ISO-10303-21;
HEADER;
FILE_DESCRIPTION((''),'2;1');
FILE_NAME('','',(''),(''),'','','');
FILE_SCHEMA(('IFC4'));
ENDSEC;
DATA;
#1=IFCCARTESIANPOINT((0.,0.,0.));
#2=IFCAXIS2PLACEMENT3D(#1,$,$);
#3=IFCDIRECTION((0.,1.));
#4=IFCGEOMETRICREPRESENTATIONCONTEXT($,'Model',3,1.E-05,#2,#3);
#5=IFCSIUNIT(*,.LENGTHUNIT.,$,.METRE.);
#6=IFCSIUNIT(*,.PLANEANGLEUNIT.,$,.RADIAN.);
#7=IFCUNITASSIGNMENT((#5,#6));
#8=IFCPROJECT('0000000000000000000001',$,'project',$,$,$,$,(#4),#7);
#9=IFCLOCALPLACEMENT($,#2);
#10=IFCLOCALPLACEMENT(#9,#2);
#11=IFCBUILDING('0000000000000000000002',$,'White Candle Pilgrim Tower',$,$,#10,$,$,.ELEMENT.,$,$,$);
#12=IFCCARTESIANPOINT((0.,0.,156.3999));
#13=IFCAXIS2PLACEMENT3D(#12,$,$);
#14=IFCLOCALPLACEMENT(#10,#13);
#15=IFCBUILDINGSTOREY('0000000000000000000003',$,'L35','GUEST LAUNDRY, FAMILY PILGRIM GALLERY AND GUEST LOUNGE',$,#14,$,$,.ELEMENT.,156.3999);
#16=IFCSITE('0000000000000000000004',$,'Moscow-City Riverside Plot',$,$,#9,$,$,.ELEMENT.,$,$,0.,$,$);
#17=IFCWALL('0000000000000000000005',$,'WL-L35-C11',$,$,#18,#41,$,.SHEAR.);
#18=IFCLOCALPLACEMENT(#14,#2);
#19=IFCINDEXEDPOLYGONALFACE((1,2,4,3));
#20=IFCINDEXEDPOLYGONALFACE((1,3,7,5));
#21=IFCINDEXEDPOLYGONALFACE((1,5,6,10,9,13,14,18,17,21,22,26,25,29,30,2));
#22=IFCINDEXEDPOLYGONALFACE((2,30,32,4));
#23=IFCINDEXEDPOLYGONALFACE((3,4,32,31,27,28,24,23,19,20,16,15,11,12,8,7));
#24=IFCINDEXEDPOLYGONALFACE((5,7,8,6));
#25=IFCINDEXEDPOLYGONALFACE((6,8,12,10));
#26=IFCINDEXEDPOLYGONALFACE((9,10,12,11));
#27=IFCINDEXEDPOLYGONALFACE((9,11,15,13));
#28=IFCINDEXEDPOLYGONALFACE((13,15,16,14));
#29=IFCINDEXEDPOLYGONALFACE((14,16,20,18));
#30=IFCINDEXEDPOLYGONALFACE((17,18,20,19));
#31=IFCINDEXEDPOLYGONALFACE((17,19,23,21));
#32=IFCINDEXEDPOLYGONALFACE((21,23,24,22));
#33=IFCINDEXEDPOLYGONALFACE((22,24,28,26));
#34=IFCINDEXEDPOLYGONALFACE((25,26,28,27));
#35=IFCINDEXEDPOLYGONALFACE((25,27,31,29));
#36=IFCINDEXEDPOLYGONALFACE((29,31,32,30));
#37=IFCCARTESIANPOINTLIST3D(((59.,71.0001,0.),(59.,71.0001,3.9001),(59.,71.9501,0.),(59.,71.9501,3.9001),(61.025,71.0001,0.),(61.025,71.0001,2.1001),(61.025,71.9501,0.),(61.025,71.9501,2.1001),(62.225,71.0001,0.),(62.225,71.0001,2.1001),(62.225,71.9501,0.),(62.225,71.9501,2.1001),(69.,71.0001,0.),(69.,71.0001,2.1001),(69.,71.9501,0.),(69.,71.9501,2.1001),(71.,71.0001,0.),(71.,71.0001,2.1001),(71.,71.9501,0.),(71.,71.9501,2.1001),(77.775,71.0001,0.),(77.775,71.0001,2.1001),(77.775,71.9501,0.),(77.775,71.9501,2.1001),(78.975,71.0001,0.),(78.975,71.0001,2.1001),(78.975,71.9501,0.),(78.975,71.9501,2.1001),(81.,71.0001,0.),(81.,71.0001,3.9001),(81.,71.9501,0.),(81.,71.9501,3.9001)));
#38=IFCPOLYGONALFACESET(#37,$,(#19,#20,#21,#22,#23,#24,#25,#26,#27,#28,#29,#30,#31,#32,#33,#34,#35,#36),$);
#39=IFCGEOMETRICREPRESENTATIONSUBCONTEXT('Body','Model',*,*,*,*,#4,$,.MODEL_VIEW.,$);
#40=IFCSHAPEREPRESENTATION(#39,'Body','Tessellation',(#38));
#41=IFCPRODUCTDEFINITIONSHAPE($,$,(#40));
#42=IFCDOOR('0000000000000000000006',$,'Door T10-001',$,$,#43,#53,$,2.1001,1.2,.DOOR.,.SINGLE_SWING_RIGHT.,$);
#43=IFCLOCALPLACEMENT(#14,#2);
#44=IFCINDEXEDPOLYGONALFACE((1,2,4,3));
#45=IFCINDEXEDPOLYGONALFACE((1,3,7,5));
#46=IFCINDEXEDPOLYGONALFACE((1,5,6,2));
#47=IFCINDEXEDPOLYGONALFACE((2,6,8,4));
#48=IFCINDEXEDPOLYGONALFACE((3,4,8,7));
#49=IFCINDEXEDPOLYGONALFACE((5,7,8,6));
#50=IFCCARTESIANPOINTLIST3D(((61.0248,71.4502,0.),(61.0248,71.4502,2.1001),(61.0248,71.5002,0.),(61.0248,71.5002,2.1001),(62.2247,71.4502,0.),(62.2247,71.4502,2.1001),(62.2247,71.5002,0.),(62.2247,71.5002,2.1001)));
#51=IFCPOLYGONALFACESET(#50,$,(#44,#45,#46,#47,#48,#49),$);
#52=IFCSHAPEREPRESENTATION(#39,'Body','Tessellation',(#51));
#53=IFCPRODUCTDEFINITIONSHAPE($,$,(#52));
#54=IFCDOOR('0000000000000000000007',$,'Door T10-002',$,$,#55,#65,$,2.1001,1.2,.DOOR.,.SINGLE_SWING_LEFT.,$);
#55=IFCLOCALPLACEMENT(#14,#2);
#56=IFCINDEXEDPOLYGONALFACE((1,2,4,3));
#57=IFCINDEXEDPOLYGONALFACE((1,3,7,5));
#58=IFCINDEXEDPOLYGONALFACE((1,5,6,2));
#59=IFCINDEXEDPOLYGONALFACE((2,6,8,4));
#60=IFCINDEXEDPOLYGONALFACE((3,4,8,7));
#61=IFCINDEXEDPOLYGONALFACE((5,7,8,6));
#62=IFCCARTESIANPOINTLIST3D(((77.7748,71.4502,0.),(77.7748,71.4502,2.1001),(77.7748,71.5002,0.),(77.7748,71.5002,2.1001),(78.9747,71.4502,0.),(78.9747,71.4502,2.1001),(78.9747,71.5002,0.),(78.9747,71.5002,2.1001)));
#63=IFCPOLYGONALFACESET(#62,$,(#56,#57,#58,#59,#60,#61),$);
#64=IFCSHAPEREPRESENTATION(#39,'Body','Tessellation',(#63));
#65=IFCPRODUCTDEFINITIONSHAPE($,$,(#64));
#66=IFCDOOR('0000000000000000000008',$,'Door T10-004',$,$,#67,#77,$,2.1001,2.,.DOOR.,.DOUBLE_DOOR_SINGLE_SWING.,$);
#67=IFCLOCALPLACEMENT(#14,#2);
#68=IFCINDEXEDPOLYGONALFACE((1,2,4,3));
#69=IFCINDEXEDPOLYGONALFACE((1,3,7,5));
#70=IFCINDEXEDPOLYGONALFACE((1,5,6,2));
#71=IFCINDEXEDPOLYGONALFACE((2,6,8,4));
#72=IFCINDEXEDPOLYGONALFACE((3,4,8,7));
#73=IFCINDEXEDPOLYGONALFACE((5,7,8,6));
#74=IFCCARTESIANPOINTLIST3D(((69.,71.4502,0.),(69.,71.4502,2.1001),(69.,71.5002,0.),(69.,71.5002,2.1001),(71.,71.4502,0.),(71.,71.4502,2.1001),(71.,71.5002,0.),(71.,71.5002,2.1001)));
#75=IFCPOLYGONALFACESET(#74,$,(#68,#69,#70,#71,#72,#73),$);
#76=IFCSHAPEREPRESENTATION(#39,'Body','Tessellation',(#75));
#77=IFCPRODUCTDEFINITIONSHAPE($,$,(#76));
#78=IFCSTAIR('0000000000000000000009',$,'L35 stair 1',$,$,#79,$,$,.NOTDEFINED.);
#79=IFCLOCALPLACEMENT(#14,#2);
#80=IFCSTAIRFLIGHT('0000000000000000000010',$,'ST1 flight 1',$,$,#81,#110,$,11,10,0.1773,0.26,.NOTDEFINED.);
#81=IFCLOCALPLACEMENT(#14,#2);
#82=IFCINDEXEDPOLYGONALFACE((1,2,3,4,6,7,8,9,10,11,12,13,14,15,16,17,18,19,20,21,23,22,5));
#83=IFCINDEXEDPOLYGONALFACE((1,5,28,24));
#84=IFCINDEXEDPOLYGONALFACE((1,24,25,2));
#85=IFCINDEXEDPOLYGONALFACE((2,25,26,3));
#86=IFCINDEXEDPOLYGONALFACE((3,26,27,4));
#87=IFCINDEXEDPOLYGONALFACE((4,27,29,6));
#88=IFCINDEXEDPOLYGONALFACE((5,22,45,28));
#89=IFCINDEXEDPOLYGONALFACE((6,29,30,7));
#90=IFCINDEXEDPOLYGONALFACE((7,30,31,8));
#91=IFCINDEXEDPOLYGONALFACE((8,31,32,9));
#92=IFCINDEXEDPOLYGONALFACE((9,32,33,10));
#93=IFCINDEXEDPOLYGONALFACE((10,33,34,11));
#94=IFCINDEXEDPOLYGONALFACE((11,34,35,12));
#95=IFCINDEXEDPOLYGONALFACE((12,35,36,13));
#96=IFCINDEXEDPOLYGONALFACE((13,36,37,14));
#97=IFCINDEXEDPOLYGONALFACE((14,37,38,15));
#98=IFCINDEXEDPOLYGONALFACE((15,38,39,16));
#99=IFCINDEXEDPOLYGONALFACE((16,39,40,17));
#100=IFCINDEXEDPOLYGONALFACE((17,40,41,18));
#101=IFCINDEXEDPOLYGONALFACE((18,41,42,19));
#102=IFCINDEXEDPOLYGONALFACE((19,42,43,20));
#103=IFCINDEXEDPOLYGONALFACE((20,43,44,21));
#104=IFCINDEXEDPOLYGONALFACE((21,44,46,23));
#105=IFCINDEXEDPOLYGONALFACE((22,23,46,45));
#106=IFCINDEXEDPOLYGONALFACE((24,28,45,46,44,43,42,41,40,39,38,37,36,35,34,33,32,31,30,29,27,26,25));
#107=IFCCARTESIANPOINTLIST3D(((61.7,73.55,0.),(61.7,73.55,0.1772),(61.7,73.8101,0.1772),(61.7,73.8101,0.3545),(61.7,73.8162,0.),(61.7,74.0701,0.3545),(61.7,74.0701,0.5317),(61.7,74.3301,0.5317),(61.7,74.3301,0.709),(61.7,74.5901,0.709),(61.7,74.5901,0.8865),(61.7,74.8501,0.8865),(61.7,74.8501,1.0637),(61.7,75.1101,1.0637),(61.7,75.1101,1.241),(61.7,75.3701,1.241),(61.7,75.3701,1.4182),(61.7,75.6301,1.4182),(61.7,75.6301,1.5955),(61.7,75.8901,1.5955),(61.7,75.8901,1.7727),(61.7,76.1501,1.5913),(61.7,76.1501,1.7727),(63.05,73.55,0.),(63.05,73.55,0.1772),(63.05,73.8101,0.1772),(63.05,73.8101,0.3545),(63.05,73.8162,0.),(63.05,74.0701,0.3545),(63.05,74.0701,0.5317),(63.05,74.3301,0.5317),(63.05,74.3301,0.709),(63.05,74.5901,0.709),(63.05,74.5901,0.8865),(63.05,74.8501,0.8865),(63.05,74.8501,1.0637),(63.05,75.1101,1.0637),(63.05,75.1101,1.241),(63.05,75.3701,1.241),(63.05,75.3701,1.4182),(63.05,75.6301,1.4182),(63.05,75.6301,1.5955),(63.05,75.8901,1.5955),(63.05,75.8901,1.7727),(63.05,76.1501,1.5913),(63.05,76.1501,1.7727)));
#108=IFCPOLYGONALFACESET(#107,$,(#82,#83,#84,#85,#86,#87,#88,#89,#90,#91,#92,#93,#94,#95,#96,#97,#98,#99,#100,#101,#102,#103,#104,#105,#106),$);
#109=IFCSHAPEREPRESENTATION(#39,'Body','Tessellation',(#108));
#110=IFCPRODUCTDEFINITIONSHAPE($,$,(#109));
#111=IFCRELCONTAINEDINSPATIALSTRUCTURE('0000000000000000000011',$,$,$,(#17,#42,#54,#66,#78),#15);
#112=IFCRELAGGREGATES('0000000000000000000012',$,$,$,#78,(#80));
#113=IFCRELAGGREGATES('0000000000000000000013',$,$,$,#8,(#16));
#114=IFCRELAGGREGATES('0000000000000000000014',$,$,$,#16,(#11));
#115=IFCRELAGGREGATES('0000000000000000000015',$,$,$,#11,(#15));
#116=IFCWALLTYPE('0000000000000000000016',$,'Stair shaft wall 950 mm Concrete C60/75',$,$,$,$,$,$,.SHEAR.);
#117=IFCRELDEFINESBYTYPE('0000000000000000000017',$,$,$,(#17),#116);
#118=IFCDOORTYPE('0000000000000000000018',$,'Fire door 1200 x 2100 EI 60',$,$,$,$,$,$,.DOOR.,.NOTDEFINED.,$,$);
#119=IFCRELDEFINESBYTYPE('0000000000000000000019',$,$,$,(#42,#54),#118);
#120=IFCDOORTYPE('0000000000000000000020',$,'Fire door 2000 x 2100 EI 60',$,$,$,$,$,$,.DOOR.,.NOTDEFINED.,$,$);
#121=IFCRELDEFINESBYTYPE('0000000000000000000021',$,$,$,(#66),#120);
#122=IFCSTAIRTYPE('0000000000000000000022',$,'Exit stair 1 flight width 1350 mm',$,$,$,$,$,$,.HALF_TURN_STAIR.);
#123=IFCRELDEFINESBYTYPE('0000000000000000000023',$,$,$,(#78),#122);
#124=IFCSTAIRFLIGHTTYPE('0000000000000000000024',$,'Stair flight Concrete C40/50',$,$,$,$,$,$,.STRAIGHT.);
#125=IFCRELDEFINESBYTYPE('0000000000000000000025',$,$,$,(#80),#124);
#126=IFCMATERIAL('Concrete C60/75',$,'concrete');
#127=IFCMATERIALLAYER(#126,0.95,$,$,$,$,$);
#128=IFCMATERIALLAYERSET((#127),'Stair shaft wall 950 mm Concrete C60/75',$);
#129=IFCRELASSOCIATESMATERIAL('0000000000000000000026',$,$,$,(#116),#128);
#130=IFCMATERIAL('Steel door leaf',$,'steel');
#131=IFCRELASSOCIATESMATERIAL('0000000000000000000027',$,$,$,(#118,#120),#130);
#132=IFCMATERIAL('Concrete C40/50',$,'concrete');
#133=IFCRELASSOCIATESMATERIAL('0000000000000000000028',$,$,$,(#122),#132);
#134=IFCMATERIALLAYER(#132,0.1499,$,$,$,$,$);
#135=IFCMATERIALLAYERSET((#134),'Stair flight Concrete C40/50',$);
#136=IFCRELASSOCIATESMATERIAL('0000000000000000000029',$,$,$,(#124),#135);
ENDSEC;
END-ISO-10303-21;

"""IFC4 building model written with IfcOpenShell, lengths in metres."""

from ifc_helpers import new_model, si_unit, direction, frame, frame_2d, origin, place, context, subcontext, project, spatial, polyline, rectangle, outline, extrude, material, layer, layer_set, type_object, element, fill, aggregate, save


model = new_model("IFC4")

# Units and contexts
model_context = context("Model", 3, precision=1e-05, world=origin(), true_north=direction((0.0, 1.0)))
body_context = subcontext(model_context, "Body", "Model", "MODEL_VIEW")
ifc_project = project(units=[si_unit("LENGTHUNIT", "METRE"), si_unit("PLANEANGLEUNIT", "RADIAN")], contexts=[model_context])

# Site, building, storey
site_placement = place(None, origin())
site = spatial("IfcSite", under=ifc_project, at=site_placement, Name="Moscow-City Riverside Plot", CompositionType="ELEMENT", RefElevation=0.0)
building_placement = place(site_placement, origin())
building = spatial("IfcBuilding", under=site, at=building_placement, Name="White Candle Pilgrim Tower", CompositionType="ELEMENT")
storey_placement = place(building_placement, frame((0.0, 0.0, 156.3999)))
storey = spatial("IfcBuildingStorey", under=building, at=storey_placement, Name="L35", Description="GUEST LAUNDRY, FAMILY PILGRIM GALLERY AND GUEST LOUNGE", CompositionType="ELEMENT", Elevation=156.3999)

# Shared definitions
ifc_material_1 = material(Name="Steel door leaf", Category="steel")

# Shared definitions
ifc_material_2 = material(Name="Concrete C60/75", Category="concrete")

# Wall, openings, doors
ifc_layer_1 = layer(ifc_material_2, 0.95)
ifc_layer_set_1 = layer_set([ifc_layer_1], Name="Stair shaft wall 950 mm Concrete C60/75")
wall_type_1 = type_object("IfcWallType", Name="Stair shaft wall 950 mm Concrete C60/75", PredefinedType="SHEAR", material=ifc_layer_set_1)
wall_1_placement = place(storey_placement, frame((59.0, 71.4751, 0.0), z_axis=(0.0, 0.0, 1.0), x_axis=(1.0, 0.0, 0.0)))
wall_1 = element("IfcWall", 1, at=wall_1_placement, inside=storey, type_object=wall_type_1, Name="WL-L35-C11", PredefinedType="SHEAR", context=body_context, shape_type="SweptSolid", body=[
    extrude(rectangle(XDim=22.0, YDim=0.95, at=frame_2d((11.0, 0.0))), origin(), (0.0, 0.0, 1.0), 3.9001),
])
opening_1_placement = place(wall_1_placement, frame((2.0249, 0.0, 0.0)))
opening_1 = element("IfcOpeningElement", 2, at=opening_1_placement, cuts=wall_1, PredefinedType="OPENING", context=body_context, shape_type="SweptSolid", body=[
    extrude(rectangle(XDim=1.2, YDim=2.1001, at=frame_2d((0.6001, 1.05))), frame((0.0, 0.4849, 0.0), z_axis=(0.0, -1.0, 0.0), x_axis=(1.0, 0.0, 0.0)), (0.0, 0.0, 1.0), 0.97),
])
opening_2_placement = place(wall_1_placement, frame((18.7749, 0.0, 0.0)))
opening_2 = element("IfcOpeningElement", 3, at=opening_2_placement, cuts=wall_1, PredefinedType="OPENING", context=body_context, shape_type="SweptSolid", body=[
    extrude(rectangle(XDim=1.2, YDim=2.1001, at=frame_2d((0.6001, 1.05))), frame((0.0, 0.4849, 0.0), z_axis=(0.0, -1.0, 0.0), x_axis=(1.0, 0.0, 0.0)), (0.0, 0.0, 1.0), 0.97),
])
opening_3_placement = place(wall_1_placement, frame((10.0, 0.0, 0.0)))
opening_3 = element("IfcOpeningElement", 4, at=opening_3_placement, cuts=wall_1, PredefinedType="OPENING", context=body_context, shape_type="SweptSolid", body=[
    extrude(rectangle(XDim=2.0, YDim=2.1001, at=frame_2d((1.0, 1.05))), frame((0.0, 0.4849, 0.0), z_axis=(0.0, -1.0, 0.0), x_axis=(1.0, 0.0, 0.0)), (0.0, 0.0, 1.0), 0.97),
])
door_type_1 = type_object("IfcDoorType", Name="Fire door 1200 x 2100 EI 60", OperationType="NOTDEFINED", PredefinedType="DOOR", material=ifc_material_1)
door_1_placement = place(opening_1_placement, frame((1.2, 0.0, 0.0), z_axis=(0.0, 0.0, 1.0), x_axis=(-1.0, 0.0, 0.0)))
door_1 = element("IfcDoor", 5, at=door_1_placement, inside=storey, type_object=door_type_1, Name="Door T10-001", OperationType="SINGLE_SWING_RIGHT", OverallHeight=2.1001, OverallWidth=1.2, PredefinedType="DOOR", context=body_context, shape_type="SweptSolid", body=[
    extrude(rectangle(XDim=1.2, YDim=2.1001, at=frame_2d((0.6001, 1.05))), frame((0.0, 0.0249, 0.0), z_axis=(0.0, -1.0, 0.0), x_axis=(1.0, 0.0, 0.0)), (0.0, 0.0, 1.0), 0.05),
])
fill(opening_1, door_1)
door_2_placement = place(opening_2_placement, frame((1.2, 0.0, 0.0), z_axis=(0.0, 0.0, 1.0), x_axis=(-1.0, 0.0, 0.0)))
door_2 = element("IfcDoor", 6, at=door_2_placement, inside=storey, type_object=door_type_1, Name="Door T10-002", OperationType="SINGLE_SWING_LEFT", OverallHeight=2.1001, OverallWidth=1.2, PredefinedType="DOOR", context=body_context, shape_type="SweptSolid", body=[
    extrude(rectangle(XDim=1.2, YDim=2.1001, at=frame_2d((0.6001, 1.05))), frame((0.0, 0.0249, 0.0), z_axis=(0.0, -1.0, 0.0), x_axis=(1.0, 0.0, 0.0)), (0.0, 0.0, 1.0), 0.05),
])
fill(opening_2, door_2)
door_type_2 = type_object("IfcDoorType", Name="Fire door 2000 x 2100 EI 60", OperationType="NOTDEFINED", PredefinedType="DOOR", material=ifc_material_1)
door_3_placement = place(opening_3_placement, frame((2.0, 0.0, 0.0), z_axis=(0.0, 0.0, 1.0), x_axis=(-1.0, 0.0, 0.0)))
door_3 = element("IfcDoor", 7, at=door_3_placement, inside=storey, type_object=door_type_2, Name="Door T10-004", OperationType="DOUBLE_DOOR_SINGLE_SWING", OverallHeight=2.1001, OverallWidth=2.0, PredefinedType="DOOR", context=body_context, shape_type="SweptSolid", body=[
    extrude(rectangle(XDim=2.0, YDim=2.1001, at=frame_2d((1.0, 1.05))), frame((0.0, 0.0249, 0.0), z_axis=(0.0, -1.0, 0.0), x_axis=(1.0, 0.0, 0.0)), (0.0, 0.0, 1.0), 0.05),
])
fill(opening_3, door_3)

# Stair, stair flight
ifc_material_3 = material(Name="Concrete C40/50", Category="concrete")
stair_type = type_object("IfcStairType", Name="Exit stair 1 flight width 1350 mm", PredefinedType="HALF_TURN_STAIR", material=ifc_material_3)
stair_placement = place(storey_placement, origin())
stair = element("IfcStair", 8, at=stair_placement, inside=storey, type_object=stair_type, Name="L35 stair 1", PredefinedType="NOTDEFINED")
ifc_layer_2 = layer(ifc_material_3, 0.1499)
ifc_layer_set_2 = layer_set([ifc_layer_2], Name="Stair flight Concrete C40/50")
stair_flight_type = type_object("IfcStairFlightType", Name="Stair flight Concrete C40/50", PredefinedType="STRAIGHT", material=ifc_layer_set_2)
stair_flight_placement = place(storey_placement, frame((62.375, 73.55, 0.0), z_axis=(0.0, 0.0, 1.0), x_axis=(0.0, 1.0, 0.0)))
stair_flight = element("IfcStairFlight", 9, at=stair_flight_placement, type_object=stair_flight_type, Name="ST1 flight 1", NumberOfRisers=11, NumberOfTreads=10, PredefinedType="NOTDEFINED", RiserHeight=0.1773, TreadLength=0.26, context=body_context, shape_type="SweptSolid", body=[
    extrude(outline(polyline([(0.0, 0.0), (0.0, 0.1772), (0.26, 0.1772), (0.26, 0.3545), (0.52, 0.3545), (0.52, 0.5317), (0.78, 0.5317), (0.78, 0.709), (1.04, 0.709), (1.04, 0.8865), (1.3, 0.8865), (1.3, 1.0637), (1.5601, 1.0637), (1.5601, 1.241), (1.8201, 1.241), (1.8201, 1.4182), (2.0801, 1.4182), (2.0801, 1.5955), (2.3401, 1.5955), (2.3401, 1.7727), (2.6001, 1.7727), (2.6001, 1.95), (2.6001, 1.5913), (0.2661, 0.0), (0.0, 0.0)])), frame((0.0, 0.675, 0.0), z_axis=(0.0, -1.0, 0.0), x_axis=(1.0, 0.0, 0.0)), (0.0, 0.0, 1.0), 1.3501),
])
aggregate(stair, [stair_flight])

save(model, "model.ifc")
